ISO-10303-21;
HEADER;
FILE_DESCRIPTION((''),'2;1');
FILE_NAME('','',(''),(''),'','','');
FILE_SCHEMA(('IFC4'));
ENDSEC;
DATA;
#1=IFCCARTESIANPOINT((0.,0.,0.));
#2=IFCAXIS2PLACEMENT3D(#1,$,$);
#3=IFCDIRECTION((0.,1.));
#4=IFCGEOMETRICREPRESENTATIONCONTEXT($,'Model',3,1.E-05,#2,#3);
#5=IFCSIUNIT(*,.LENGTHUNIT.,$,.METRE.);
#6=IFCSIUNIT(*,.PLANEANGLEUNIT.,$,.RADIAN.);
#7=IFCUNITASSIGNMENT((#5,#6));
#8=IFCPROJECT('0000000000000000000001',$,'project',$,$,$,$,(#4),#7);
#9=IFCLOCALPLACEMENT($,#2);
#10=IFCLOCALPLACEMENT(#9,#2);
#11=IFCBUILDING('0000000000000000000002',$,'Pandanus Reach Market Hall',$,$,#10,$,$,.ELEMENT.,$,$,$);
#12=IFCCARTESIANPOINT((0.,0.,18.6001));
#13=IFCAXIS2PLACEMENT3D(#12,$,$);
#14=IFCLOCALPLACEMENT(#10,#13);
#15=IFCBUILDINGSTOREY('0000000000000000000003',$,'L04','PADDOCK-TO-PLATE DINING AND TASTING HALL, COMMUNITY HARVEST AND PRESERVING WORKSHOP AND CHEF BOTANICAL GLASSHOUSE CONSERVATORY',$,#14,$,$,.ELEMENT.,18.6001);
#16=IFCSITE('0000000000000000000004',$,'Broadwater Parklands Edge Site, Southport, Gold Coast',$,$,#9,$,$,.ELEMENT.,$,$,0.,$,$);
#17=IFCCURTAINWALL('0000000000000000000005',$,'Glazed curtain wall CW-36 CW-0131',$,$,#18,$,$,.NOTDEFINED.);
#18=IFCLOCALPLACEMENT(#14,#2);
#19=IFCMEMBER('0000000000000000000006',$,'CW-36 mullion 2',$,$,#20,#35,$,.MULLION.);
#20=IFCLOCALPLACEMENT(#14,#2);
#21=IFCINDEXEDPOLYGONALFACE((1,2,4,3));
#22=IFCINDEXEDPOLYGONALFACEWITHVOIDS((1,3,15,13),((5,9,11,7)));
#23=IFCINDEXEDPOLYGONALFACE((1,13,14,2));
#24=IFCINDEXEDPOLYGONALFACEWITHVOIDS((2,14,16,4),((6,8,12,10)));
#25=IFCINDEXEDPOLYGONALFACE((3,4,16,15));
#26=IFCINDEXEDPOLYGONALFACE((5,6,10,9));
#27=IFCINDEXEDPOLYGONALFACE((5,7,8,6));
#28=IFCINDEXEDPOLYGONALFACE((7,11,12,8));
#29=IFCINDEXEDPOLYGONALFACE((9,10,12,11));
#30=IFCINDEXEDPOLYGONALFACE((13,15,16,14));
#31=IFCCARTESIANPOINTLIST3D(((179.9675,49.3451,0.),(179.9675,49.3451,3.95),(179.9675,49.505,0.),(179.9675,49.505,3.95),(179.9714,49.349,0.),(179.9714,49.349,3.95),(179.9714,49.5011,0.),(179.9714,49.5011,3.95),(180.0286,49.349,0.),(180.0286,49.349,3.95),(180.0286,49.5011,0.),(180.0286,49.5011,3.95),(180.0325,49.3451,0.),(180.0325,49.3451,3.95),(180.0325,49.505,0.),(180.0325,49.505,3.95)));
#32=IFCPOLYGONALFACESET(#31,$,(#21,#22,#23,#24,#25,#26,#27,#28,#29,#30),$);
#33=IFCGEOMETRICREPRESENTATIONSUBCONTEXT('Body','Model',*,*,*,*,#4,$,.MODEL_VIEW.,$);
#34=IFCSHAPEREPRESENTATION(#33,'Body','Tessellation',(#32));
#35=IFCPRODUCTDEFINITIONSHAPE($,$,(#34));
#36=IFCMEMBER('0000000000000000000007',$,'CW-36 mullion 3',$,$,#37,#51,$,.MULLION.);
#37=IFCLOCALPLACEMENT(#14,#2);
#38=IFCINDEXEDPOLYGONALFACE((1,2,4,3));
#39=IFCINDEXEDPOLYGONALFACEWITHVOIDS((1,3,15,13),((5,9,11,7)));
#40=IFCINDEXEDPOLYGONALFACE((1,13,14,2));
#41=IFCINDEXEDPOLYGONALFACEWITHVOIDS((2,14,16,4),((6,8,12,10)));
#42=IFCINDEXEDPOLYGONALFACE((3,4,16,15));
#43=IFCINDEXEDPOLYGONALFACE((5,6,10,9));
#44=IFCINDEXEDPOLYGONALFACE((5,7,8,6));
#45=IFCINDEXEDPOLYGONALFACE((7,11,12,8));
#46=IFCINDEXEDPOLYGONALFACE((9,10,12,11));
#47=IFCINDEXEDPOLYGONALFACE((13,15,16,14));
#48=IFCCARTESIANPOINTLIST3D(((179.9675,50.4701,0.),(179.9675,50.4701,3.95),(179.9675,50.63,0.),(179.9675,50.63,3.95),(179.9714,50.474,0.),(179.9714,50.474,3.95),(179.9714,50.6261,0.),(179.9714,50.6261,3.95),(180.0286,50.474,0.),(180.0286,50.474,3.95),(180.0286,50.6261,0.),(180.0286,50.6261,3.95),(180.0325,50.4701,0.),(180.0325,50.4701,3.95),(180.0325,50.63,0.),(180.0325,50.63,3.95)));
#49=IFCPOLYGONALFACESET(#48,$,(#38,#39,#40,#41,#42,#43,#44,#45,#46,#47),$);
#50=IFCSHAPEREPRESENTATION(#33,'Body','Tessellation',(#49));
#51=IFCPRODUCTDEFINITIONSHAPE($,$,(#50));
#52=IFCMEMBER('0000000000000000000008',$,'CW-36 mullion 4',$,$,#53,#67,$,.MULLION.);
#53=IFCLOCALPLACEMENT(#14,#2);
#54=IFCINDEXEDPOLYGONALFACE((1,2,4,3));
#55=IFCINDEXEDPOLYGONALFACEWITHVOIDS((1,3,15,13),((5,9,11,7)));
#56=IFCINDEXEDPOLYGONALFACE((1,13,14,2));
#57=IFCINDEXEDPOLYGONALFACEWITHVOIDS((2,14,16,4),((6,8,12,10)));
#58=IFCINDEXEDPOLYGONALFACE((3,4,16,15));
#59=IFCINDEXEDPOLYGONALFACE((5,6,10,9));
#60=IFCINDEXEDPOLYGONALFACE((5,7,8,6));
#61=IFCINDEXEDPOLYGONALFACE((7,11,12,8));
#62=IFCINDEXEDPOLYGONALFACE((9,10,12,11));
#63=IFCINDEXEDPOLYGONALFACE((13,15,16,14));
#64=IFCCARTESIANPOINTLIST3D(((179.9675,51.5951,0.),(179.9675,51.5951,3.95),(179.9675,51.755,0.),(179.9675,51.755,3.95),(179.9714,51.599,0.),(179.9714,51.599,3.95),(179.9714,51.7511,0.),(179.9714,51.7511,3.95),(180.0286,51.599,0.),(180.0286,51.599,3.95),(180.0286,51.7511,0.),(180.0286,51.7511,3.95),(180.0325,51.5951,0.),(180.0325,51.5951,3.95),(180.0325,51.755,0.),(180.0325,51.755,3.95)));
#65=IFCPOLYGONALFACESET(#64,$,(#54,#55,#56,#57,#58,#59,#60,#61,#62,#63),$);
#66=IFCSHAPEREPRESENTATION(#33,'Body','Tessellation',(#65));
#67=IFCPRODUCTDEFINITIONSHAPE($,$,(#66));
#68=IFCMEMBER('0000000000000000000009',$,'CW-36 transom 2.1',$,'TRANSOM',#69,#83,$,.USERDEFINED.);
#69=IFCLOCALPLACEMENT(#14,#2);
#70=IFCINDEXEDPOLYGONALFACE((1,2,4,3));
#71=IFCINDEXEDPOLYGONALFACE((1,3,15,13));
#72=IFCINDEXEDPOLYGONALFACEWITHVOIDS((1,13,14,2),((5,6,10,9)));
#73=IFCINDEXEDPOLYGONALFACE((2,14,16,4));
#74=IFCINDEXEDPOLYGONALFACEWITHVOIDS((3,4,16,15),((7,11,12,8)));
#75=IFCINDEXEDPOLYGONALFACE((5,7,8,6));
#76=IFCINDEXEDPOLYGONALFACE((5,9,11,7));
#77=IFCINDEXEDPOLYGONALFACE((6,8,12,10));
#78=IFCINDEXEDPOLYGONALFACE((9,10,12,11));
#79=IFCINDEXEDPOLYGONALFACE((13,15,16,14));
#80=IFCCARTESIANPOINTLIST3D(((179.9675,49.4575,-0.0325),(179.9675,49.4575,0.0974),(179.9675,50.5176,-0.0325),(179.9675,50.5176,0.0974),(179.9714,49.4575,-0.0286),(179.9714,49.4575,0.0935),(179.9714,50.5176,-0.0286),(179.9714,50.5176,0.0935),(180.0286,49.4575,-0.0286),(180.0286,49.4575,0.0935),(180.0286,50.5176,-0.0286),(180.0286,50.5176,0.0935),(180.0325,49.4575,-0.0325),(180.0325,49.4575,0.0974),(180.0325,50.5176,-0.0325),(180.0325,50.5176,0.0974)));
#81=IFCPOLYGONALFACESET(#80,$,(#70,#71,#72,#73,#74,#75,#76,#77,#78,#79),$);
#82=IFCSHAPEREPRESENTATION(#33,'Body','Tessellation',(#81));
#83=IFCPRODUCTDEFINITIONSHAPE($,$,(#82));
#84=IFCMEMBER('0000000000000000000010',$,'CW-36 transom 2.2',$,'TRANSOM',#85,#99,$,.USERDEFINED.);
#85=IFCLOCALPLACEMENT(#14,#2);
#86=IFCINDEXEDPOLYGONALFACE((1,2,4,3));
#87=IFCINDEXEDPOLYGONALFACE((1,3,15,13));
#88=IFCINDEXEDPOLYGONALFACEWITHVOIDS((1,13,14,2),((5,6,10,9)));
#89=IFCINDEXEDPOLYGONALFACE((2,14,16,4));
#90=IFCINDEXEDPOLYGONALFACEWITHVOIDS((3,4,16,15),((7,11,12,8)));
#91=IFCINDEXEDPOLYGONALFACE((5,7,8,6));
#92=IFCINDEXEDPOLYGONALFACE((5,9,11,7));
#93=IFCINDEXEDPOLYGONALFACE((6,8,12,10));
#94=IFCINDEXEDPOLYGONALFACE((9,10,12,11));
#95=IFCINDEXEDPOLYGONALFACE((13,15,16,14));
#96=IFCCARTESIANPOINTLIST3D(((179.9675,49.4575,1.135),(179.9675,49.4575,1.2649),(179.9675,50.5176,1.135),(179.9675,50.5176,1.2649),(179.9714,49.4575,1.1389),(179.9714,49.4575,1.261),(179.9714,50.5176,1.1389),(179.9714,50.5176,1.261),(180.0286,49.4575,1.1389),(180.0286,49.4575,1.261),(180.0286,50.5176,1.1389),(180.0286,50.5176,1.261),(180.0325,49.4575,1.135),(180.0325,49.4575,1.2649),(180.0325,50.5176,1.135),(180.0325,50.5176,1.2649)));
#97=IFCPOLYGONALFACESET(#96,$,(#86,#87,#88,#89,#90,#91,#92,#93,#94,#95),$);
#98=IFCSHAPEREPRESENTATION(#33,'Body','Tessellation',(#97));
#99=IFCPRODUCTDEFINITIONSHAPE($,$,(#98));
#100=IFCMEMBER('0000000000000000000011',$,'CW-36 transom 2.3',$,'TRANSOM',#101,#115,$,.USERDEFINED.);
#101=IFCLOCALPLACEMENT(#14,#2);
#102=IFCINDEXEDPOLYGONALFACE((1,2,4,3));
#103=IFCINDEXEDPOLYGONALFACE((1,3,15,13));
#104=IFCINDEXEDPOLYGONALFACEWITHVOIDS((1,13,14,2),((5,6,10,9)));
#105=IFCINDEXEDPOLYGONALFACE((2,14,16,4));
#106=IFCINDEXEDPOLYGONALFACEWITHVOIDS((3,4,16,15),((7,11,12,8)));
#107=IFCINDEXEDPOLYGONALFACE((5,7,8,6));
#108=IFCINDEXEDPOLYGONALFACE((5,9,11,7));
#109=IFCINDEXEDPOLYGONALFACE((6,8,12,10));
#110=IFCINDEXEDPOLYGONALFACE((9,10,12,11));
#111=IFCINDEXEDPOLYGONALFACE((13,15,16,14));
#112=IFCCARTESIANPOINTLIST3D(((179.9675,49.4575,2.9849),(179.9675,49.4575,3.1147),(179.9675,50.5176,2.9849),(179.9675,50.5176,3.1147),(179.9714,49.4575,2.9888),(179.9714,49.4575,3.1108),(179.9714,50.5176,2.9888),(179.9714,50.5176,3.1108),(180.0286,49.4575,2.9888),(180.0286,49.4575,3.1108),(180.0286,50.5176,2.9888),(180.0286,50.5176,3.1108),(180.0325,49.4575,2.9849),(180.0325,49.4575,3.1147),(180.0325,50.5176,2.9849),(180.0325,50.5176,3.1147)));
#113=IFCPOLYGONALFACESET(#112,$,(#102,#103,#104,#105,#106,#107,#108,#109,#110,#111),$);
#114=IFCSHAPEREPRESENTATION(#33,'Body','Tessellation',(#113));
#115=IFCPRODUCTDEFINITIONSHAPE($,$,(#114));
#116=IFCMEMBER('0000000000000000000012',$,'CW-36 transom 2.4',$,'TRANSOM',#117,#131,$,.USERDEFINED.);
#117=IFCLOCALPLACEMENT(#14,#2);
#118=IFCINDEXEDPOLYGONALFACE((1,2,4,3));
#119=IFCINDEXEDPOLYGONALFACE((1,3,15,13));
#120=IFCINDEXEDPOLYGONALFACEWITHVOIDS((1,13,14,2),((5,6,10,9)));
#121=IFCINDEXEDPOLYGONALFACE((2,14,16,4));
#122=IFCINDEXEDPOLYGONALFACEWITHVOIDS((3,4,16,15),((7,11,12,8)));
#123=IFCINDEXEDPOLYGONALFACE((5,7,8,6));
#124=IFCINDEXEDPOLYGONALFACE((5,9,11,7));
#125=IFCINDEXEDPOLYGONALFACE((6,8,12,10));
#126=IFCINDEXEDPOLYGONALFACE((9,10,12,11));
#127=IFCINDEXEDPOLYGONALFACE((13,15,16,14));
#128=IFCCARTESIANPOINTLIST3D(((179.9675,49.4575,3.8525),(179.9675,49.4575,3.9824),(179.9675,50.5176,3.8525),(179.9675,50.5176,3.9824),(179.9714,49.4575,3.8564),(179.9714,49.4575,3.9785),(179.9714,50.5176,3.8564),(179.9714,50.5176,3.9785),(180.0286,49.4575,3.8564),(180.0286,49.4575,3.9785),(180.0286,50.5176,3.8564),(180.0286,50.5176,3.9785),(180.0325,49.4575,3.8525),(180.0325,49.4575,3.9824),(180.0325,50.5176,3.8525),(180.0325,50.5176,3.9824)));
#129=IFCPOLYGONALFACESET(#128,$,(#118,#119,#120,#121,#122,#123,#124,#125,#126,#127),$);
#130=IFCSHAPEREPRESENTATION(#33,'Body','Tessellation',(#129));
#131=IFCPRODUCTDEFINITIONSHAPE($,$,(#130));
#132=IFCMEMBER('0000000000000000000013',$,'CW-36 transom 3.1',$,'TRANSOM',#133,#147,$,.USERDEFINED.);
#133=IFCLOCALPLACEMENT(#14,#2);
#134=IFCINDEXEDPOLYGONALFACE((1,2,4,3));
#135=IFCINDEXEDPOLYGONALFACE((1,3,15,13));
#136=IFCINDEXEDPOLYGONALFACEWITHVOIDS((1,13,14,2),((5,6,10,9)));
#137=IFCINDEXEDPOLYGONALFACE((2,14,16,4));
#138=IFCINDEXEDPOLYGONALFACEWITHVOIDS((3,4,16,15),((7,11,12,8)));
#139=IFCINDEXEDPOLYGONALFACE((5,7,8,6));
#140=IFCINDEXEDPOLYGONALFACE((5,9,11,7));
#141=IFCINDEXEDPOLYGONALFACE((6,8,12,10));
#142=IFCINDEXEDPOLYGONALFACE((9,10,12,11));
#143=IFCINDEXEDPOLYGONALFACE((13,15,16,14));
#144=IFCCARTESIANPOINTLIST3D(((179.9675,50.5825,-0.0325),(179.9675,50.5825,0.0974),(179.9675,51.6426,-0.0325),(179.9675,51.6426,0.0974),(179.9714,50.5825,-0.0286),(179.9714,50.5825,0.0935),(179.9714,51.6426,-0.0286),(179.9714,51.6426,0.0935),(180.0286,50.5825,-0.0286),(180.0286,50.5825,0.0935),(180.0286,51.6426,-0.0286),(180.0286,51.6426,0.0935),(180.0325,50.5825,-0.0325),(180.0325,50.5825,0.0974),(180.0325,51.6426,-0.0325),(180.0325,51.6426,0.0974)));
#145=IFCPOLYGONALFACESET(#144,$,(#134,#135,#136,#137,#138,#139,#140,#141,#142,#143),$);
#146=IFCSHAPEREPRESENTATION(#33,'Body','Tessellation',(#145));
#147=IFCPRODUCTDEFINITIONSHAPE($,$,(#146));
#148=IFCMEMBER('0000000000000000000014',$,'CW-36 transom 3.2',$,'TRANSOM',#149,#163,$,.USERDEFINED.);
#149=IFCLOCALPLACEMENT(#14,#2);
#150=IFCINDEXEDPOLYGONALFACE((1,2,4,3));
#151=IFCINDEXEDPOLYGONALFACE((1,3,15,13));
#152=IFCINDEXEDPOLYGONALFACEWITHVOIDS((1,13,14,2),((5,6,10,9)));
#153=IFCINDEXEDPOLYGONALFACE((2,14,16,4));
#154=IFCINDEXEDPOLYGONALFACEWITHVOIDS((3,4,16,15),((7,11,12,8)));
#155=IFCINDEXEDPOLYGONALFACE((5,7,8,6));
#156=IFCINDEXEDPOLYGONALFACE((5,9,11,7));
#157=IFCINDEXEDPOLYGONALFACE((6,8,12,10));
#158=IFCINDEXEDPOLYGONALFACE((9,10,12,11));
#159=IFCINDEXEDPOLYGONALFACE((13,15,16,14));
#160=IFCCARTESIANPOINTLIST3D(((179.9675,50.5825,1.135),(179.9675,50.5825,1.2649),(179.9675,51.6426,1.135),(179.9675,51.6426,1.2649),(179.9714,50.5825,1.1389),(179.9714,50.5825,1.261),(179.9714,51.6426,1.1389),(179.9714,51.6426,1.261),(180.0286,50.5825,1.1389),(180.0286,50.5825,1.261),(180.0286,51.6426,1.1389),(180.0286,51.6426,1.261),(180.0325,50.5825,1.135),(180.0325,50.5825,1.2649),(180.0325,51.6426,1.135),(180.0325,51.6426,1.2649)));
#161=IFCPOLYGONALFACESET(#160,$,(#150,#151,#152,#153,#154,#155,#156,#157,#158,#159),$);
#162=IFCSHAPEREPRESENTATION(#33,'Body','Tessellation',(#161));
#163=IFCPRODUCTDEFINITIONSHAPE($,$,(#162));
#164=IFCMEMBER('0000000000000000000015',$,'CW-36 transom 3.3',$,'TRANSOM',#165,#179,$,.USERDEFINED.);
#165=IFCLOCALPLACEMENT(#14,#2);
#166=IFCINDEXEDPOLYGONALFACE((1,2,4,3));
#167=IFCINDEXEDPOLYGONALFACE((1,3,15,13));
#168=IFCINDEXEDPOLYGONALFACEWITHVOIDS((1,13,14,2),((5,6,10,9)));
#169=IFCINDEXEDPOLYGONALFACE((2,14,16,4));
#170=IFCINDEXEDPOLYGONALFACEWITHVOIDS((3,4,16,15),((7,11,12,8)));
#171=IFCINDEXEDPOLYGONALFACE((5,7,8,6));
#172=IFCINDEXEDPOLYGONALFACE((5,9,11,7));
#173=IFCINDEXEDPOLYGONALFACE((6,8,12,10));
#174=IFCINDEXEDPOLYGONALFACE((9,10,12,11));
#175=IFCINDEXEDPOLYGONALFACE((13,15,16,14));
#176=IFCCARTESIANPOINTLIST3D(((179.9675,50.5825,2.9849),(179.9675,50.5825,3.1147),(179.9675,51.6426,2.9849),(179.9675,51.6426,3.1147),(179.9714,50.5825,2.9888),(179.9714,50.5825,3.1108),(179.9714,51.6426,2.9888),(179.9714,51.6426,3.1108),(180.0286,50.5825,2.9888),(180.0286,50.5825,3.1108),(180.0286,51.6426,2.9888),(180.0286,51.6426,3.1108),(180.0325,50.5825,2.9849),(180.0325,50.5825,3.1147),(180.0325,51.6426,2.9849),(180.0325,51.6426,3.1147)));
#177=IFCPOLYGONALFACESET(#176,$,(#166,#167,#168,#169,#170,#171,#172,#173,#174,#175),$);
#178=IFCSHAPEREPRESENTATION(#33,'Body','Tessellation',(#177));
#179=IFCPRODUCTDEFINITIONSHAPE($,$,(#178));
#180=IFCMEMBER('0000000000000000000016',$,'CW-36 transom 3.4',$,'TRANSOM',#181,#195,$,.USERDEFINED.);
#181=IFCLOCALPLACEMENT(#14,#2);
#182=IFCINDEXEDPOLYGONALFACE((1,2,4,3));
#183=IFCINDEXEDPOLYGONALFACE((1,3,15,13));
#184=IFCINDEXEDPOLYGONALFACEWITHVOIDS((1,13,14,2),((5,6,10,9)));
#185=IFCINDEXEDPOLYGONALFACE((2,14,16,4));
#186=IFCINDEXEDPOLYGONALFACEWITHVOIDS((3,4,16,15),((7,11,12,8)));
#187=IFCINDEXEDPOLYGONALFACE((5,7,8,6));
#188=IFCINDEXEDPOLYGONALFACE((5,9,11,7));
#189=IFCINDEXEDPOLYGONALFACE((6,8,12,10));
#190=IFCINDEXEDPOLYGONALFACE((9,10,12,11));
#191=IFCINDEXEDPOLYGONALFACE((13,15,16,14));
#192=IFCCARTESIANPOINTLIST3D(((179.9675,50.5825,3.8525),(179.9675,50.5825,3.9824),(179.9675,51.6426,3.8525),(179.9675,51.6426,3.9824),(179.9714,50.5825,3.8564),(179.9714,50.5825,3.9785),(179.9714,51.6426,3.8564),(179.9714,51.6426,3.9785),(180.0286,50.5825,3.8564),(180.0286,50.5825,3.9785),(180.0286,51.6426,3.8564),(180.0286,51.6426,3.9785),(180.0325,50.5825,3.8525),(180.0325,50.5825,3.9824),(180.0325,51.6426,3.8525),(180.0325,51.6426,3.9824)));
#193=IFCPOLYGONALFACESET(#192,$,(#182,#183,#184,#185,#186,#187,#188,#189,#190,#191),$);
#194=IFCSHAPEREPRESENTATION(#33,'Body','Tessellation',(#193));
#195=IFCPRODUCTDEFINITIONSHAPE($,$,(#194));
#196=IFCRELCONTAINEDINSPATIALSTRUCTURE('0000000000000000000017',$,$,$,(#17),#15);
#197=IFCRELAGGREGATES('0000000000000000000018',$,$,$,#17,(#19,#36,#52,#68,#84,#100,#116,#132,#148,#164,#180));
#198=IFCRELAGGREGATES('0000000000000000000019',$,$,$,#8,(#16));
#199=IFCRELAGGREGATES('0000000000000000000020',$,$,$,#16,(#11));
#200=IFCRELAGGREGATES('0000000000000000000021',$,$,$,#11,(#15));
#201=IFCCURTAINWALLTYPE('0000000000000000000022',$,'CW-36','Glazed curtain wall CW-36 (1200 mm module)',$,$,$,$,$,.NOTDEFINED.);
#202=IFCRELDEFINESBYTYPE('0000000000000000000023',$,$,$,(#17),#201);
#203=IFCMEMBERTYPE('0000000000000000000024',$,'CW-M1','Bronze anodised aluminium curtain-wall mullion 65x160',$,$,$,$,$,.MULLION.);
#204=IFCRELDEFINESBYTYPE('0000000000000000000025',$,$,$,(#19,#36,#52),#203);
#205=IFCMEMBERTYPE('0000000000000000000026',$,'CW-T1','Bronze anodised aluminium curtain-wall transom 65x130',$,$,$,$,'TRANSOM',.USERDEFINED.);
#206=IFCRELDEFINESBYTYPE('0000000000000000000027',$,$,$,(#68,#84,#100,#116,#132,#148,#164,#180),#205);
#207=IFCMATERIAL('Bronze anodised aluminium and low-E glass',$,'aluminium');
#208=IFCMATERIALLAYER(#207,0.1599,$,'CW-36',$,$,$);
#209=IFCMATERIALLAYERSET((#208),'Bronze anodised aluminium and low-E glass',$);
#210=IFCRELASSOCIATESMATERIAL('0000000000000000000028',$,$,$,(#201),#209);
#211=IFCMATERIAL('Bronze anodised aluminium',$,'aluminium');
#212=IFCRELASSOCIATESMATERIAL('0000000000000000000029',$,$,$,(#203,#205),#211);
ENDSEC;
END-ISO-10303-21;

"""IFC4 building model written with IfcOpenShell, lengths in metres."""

from ifc_helpers import new_model, si_unit, direction, frame, origin, origin_2d, place, context, subcontext, project, spatial, hollow_rectangle, extrude, material, layer, layer_set, material_profile, profile_set, type_object, element, aggregate, save


model = new_model("IFC4")

# Units and contexts
model_context = context("Model", 3, precision=1e-05, world=origin(), true_north=direction((0.0, 1.0)))
body_context = subcontext(model_context, "Body", "Model", "MODEL_VIEW")
ifc_project = project(units=[si_unit("LENGTHUNIT", "METRE"), si_unit("PLANEANGLEUNIT", "RADIAN")], contexts=[model_context])

# Site, building, storey
site_placement = place(None, origin())
site = spatial("IfcSite", under=ifc_project, at=site_placement, Name="Broadwater Parklands Edge Site, Southport, Gold Coast", CompositionType="ELEMENT", RefElevation=0.0)
building_placement = place(site_placement, origin())
building = spatial("IfcBuilding", under=site, at=building_placement, Name="Pandanus Reach Market Hall", CompositionType="ELEMENT")
storey_placement = place(building_placement, frame((0.0, 0.0, 18.6001)))
storey = spatial("IfcBuildingStorey", under=building, at=storey_placement, Name="L04", Description="PADDOCK-TO-PLATE DINING AND TASTING HALL, COMMUNITY HARVEST AND PRESERVING WORKSHOP AND CHEF BOTANICAL GLASSHOUSE CONSERVATORY", CompositionType="ELEMENT", Elevation=18.6001)

# Curtain wall, members
ifc_material_1 = material(Name="Bronze anodised aluminium and low-E glass", Category="aluminium")
ifc_layer_1 = layer(ifc_material_1, 0.1599, Name="CW-36")
ifc_layer_set_1 = layer_set([ifc_layer_1], Name="Bronze anodised aluminium and low-E glass")
curtain_wall_type = type_object("IfcCurtainWallType", Name="CW-36", Description="Glazed curtain wall CW-36 (1200 mm module)", PredefinedType="NOTDEFINED", material=ifc_layer_set_1)
curtain_wall_placement = place(storey_placement, origin())
curtain_wall = element("IfcCurtainWall", 1, at=curtain_wall_placement, inside=storey, type_object=curtain_wall_type, Name="Glazed curtain wall CW-36 CW-0131", PredefinedType="NOTDEFINED")
ifc_material_2 = material(Name="Bronze anodised aluminium", Category="aluminium")
ifc_material_profile_1 = material_profile(ifc_material_2, hollow_rectangle(XDim=0.0649, YDim=0.1599, WallThickness=0.0039, at=origin_2d()), Name="ALU65x160", Category="LoadBearing")
ifc_profile_set_1 = profile_set([ifc_material_profile_1], Name="Bronze anodised aluminium")
member_type_1 = type_object("IfcMemberType", Name="CW-M1", Description="Bronze anodised aluminium curtain-wall mullion 65x160", PredefinedType="MULLION", material=ifc_profile_set_1)
member_1_placement = place(storey_placement, frame((180.0, 49.425, 0.0), z_axis=(0.0, 0.0, 1.0), x_axis=(-1.0, 0.0, 0.0)))
member_1 = element("IfcMember", 2, at=member_1_placement, type_object=member_type_1, Name="CW-36 mullion 2", PredefinedType="MULLION", context=body_context, shape_type="SweptSolid", body=[
    extrude(hollow_rectangle(XDim=0.0649, YDim=0.1599, WallThickness=0.0039, at=origin_2d()), origin(), (0.0, 0.0, 1.0), 3.95),
])
member_2_placement = place(storey_placement, frame((180.0, 50.55, 0.0), z_axis=(0.0, 0.0, 1.0), x_axis=(-1.0, 0.0, 0.0)))
member_2 = element("IfcMember", 3, at=member_2_placement, type_object=member_type_1, Name="CW-36 mullion 3", PredefinedType="MULLION", context=body_context, shape_type="SweptSolid", body=[
    extrude(hollow_rectangle(XDim=0.0649, YDim=0.1599, WallThickness=0.0039, at=origin_2d()), origin(), (0.0, 0.0, 1.0), 3.95),
])
member_3_placement = place(storey_placement, frame((180.0, 51.675, 0.0), z_axis=(0.0, 0.0, 1.0), x_axis=(-1.0, 0.0, 0.0)))
member_3 = element("IfcMember", 4, at=member_3_placement, type_object=member_type_1, Name="CW-36 mullion 4", PredefinedType="MULLION", context=body_context, shape_type="SweptSolid", body=[
    extrude(hollow_rectangle(XDim=0.0649, YDim=0.1599, WallThickness=0.0039, at=origin_2d()), origin(), (0.0, 0.0, 1.0), 3.95),
])
ifc_material_profile_2 = material_profile(ifc_material_2, hollow_rectangle(XDim=0.0649, YDim=0.1299, WallThickness=0.0039, at=origin_2d()), Name="ALU65x130", Category="LoadBearing")
ifc_profile_set_2 = profile_set([ifc_material_profile_2], Name="Bronze anodised aluminium")
member_type_2 = type_object("IfcMemberType", Name="CW-T1", Description="Bronze anodised aluminium curtain-wall transom 65x130", ElementType="TRANSOM", PredefinedType="USERDEFINED", material=ifc_profile_set_2)
member_4_placement = place(storey_placement, frame((180.0, 49.4575, 0.0325), z_axis=(0.0, 1.0, 0.0), x_axis=(-1.0, 0.0, 0.0)))
member_4 = element("IfcMember", 5, at=member_4_placement, type_object=member_type_2, Name="CW-36 transom 2.1", ObjectType="TRANSOM", PredefinedType="USERDEFINED", context=body_context, shape_type="SweptSolid", body=[
    extrude(hollow_rectangle(XDim=0.0649, YDim=0.1299, WallThickness=0.0039, at=origin_2d()), origin(), (0.0, 0.0, 1.0), 1.0601),
])
member_5_placement = place(storey_placement, frame((180.0, 49.4575, 1.2), z_axis=(0.0, 1.0, 0.0), x_axis=(-1.0, 0.0, 0.0)))
member_5 = element("IfcMember", 6, at=member_5_placement, type_object=member_type_2, Name="CW-36 transom 2.2", ObjectType="TRANSOM", PredefinedType="USERDEFINED", context=body_context, shape_type="SweptSolid", body=[
    extrude(hollow_rectangle(XDim=0.0649, YDim=0.1299, WallThickness=0.0039, at=origin_2d()), origin(), (0.0, 0.0, 1.0), 1.0601),
])
member_6_placement = place(storey_placement, frame((180.0, 49.4575, 3.0498), z_axis=(0.0, 1.0, 0.0), x_axis=(-1.0, 0.0, 0.0)))
member_6 = element("IfcMember", 7, at=member_6_placement, type_object=member_type_2, Name="CW-36 transom 2.3", ObjectType="TRANSOM", PredefinedType="USERDEFINED", context=body_context, shape_type="SweptSolid", body=[
    extrude(hollow_rectangle(XDim=0.0649, YDim=0.1299, WallThickness=0.0039, at=origin_2d()), origin(), (0.0, 0.0, 1.0), 1.0601),
])
member_7_placement = place(storey_placement, frame((180.0, 49.4575, 3.9175), z_axis=(0.0, 1.0, 0.0), x_axis=(-1.0, 0.0, 0.0)))
member_7 = element("IfcMember", 8, at=member_7_placement, type_object=member_type_2, Name="CW-36 transom 2.4", ObjectType="TRANSOM", PredefinedType="USERDEFINED", context=body_context, shape_type="SweptSolid", body=[
    extrude(hollow_rectangle(XDim=0.0649, YDim=0.1299, WallThickness=0.0039, at=origin_2d()), origin(), (0.0, 0.0, 1.0), 1.0601),
])
member_8_placement = place(storey_placement, frame((180.0, 50.5825, 0.0325), z_axis=(0.0, 1.0, 0.0), x_axis=(-1.0, 0.0, 0.0)))
member_8 = element("IfcMember", 9, at=member_8_placement, type_object=member_type_2, Name="CW-36 transom 3.1", ObjectType="TRANSOM", PredefinedType="USERDEFINED", context=body_context, shape_type="SweptSolid", body=[
    extrude(hollow_rectangle(XDim=0.0649, YDim=0.1299, WallThickness=0.0039, at=origin_2d()), origin(), (0.0, 0.0, 1.0), 1.0601),
])
member_9_placement = place(storey_placement, frame((180.0, 50.5825, 1.2), z_axis=(0.0, 1.0, 0.0), x_axis=(-1.0, 0.0, 0.0)))
member_9 = element("IfcMember", 10, at=member_9_placement, type_object=member_type_2, Name="CW-36 transom 3.2", ObjectType="TRANSOM", PredefinedType="USERDEFINED", context=body_context, shape_type="SweptSolid", body=[
    extrude(hollow_rectangle(XDim=0.0649, YDim=0.1299, WallThickness=0.0039, at=origin_2d()), origin(), (0.0, 0.0, 1.0), 1.0601),
])
member_10_placement = place(storey_placement, frame((180.0, 50.5825, 3.0498), z_axis=(0.0, 1.0, 0.0), x_axis=(-1.0, 0.0, 0.0)))
member_10 = element("IfcMember", 11, at=member_10_placement, type_object=member_type_2, Name="CW-36 transom 3.3", ObjectType="TRANSOM", PredefinedType="USERDEFINED", context=body_context, shape_type="SweptSolid", body=[
    extrude(hollow_rectangle(XDim=0.0649, YDim=0.1299, WallThickness=0.0039, at=origin_2d()), origin(), (0.0, 0.0, 1.0), 1.0601),
])
member_11_placement = place(storey_placement, frame((180.0, 50.5825, 3.9175), z_axis=(0.0, 1.0, 0.0), x_axis=(-1.0, 0.0, 0.0)))
member_11 = element("IfcMember", 12, at=member_11_placement, type_object=member_type_2, Name="CW-36 transom 3.4", ObjectType="TRANSOM", PredefinedType="USERDEFINED", context=body_context, shape_type="SweptSolid", body=[
    extrude(hollow_rectangle(XDim=0.0649, YDim=0.1299, WallThickness=0.0039, at=origin_2d()), origin(), (0.0, 0.0, 1.0), 1.0601),
])
aggregate(curtain_wall, [member_1, member_2, member_3, member_4, member_5, member_6, member_7, member_8, member_9, member_10, member_11])

save(model, "model.ifc")
